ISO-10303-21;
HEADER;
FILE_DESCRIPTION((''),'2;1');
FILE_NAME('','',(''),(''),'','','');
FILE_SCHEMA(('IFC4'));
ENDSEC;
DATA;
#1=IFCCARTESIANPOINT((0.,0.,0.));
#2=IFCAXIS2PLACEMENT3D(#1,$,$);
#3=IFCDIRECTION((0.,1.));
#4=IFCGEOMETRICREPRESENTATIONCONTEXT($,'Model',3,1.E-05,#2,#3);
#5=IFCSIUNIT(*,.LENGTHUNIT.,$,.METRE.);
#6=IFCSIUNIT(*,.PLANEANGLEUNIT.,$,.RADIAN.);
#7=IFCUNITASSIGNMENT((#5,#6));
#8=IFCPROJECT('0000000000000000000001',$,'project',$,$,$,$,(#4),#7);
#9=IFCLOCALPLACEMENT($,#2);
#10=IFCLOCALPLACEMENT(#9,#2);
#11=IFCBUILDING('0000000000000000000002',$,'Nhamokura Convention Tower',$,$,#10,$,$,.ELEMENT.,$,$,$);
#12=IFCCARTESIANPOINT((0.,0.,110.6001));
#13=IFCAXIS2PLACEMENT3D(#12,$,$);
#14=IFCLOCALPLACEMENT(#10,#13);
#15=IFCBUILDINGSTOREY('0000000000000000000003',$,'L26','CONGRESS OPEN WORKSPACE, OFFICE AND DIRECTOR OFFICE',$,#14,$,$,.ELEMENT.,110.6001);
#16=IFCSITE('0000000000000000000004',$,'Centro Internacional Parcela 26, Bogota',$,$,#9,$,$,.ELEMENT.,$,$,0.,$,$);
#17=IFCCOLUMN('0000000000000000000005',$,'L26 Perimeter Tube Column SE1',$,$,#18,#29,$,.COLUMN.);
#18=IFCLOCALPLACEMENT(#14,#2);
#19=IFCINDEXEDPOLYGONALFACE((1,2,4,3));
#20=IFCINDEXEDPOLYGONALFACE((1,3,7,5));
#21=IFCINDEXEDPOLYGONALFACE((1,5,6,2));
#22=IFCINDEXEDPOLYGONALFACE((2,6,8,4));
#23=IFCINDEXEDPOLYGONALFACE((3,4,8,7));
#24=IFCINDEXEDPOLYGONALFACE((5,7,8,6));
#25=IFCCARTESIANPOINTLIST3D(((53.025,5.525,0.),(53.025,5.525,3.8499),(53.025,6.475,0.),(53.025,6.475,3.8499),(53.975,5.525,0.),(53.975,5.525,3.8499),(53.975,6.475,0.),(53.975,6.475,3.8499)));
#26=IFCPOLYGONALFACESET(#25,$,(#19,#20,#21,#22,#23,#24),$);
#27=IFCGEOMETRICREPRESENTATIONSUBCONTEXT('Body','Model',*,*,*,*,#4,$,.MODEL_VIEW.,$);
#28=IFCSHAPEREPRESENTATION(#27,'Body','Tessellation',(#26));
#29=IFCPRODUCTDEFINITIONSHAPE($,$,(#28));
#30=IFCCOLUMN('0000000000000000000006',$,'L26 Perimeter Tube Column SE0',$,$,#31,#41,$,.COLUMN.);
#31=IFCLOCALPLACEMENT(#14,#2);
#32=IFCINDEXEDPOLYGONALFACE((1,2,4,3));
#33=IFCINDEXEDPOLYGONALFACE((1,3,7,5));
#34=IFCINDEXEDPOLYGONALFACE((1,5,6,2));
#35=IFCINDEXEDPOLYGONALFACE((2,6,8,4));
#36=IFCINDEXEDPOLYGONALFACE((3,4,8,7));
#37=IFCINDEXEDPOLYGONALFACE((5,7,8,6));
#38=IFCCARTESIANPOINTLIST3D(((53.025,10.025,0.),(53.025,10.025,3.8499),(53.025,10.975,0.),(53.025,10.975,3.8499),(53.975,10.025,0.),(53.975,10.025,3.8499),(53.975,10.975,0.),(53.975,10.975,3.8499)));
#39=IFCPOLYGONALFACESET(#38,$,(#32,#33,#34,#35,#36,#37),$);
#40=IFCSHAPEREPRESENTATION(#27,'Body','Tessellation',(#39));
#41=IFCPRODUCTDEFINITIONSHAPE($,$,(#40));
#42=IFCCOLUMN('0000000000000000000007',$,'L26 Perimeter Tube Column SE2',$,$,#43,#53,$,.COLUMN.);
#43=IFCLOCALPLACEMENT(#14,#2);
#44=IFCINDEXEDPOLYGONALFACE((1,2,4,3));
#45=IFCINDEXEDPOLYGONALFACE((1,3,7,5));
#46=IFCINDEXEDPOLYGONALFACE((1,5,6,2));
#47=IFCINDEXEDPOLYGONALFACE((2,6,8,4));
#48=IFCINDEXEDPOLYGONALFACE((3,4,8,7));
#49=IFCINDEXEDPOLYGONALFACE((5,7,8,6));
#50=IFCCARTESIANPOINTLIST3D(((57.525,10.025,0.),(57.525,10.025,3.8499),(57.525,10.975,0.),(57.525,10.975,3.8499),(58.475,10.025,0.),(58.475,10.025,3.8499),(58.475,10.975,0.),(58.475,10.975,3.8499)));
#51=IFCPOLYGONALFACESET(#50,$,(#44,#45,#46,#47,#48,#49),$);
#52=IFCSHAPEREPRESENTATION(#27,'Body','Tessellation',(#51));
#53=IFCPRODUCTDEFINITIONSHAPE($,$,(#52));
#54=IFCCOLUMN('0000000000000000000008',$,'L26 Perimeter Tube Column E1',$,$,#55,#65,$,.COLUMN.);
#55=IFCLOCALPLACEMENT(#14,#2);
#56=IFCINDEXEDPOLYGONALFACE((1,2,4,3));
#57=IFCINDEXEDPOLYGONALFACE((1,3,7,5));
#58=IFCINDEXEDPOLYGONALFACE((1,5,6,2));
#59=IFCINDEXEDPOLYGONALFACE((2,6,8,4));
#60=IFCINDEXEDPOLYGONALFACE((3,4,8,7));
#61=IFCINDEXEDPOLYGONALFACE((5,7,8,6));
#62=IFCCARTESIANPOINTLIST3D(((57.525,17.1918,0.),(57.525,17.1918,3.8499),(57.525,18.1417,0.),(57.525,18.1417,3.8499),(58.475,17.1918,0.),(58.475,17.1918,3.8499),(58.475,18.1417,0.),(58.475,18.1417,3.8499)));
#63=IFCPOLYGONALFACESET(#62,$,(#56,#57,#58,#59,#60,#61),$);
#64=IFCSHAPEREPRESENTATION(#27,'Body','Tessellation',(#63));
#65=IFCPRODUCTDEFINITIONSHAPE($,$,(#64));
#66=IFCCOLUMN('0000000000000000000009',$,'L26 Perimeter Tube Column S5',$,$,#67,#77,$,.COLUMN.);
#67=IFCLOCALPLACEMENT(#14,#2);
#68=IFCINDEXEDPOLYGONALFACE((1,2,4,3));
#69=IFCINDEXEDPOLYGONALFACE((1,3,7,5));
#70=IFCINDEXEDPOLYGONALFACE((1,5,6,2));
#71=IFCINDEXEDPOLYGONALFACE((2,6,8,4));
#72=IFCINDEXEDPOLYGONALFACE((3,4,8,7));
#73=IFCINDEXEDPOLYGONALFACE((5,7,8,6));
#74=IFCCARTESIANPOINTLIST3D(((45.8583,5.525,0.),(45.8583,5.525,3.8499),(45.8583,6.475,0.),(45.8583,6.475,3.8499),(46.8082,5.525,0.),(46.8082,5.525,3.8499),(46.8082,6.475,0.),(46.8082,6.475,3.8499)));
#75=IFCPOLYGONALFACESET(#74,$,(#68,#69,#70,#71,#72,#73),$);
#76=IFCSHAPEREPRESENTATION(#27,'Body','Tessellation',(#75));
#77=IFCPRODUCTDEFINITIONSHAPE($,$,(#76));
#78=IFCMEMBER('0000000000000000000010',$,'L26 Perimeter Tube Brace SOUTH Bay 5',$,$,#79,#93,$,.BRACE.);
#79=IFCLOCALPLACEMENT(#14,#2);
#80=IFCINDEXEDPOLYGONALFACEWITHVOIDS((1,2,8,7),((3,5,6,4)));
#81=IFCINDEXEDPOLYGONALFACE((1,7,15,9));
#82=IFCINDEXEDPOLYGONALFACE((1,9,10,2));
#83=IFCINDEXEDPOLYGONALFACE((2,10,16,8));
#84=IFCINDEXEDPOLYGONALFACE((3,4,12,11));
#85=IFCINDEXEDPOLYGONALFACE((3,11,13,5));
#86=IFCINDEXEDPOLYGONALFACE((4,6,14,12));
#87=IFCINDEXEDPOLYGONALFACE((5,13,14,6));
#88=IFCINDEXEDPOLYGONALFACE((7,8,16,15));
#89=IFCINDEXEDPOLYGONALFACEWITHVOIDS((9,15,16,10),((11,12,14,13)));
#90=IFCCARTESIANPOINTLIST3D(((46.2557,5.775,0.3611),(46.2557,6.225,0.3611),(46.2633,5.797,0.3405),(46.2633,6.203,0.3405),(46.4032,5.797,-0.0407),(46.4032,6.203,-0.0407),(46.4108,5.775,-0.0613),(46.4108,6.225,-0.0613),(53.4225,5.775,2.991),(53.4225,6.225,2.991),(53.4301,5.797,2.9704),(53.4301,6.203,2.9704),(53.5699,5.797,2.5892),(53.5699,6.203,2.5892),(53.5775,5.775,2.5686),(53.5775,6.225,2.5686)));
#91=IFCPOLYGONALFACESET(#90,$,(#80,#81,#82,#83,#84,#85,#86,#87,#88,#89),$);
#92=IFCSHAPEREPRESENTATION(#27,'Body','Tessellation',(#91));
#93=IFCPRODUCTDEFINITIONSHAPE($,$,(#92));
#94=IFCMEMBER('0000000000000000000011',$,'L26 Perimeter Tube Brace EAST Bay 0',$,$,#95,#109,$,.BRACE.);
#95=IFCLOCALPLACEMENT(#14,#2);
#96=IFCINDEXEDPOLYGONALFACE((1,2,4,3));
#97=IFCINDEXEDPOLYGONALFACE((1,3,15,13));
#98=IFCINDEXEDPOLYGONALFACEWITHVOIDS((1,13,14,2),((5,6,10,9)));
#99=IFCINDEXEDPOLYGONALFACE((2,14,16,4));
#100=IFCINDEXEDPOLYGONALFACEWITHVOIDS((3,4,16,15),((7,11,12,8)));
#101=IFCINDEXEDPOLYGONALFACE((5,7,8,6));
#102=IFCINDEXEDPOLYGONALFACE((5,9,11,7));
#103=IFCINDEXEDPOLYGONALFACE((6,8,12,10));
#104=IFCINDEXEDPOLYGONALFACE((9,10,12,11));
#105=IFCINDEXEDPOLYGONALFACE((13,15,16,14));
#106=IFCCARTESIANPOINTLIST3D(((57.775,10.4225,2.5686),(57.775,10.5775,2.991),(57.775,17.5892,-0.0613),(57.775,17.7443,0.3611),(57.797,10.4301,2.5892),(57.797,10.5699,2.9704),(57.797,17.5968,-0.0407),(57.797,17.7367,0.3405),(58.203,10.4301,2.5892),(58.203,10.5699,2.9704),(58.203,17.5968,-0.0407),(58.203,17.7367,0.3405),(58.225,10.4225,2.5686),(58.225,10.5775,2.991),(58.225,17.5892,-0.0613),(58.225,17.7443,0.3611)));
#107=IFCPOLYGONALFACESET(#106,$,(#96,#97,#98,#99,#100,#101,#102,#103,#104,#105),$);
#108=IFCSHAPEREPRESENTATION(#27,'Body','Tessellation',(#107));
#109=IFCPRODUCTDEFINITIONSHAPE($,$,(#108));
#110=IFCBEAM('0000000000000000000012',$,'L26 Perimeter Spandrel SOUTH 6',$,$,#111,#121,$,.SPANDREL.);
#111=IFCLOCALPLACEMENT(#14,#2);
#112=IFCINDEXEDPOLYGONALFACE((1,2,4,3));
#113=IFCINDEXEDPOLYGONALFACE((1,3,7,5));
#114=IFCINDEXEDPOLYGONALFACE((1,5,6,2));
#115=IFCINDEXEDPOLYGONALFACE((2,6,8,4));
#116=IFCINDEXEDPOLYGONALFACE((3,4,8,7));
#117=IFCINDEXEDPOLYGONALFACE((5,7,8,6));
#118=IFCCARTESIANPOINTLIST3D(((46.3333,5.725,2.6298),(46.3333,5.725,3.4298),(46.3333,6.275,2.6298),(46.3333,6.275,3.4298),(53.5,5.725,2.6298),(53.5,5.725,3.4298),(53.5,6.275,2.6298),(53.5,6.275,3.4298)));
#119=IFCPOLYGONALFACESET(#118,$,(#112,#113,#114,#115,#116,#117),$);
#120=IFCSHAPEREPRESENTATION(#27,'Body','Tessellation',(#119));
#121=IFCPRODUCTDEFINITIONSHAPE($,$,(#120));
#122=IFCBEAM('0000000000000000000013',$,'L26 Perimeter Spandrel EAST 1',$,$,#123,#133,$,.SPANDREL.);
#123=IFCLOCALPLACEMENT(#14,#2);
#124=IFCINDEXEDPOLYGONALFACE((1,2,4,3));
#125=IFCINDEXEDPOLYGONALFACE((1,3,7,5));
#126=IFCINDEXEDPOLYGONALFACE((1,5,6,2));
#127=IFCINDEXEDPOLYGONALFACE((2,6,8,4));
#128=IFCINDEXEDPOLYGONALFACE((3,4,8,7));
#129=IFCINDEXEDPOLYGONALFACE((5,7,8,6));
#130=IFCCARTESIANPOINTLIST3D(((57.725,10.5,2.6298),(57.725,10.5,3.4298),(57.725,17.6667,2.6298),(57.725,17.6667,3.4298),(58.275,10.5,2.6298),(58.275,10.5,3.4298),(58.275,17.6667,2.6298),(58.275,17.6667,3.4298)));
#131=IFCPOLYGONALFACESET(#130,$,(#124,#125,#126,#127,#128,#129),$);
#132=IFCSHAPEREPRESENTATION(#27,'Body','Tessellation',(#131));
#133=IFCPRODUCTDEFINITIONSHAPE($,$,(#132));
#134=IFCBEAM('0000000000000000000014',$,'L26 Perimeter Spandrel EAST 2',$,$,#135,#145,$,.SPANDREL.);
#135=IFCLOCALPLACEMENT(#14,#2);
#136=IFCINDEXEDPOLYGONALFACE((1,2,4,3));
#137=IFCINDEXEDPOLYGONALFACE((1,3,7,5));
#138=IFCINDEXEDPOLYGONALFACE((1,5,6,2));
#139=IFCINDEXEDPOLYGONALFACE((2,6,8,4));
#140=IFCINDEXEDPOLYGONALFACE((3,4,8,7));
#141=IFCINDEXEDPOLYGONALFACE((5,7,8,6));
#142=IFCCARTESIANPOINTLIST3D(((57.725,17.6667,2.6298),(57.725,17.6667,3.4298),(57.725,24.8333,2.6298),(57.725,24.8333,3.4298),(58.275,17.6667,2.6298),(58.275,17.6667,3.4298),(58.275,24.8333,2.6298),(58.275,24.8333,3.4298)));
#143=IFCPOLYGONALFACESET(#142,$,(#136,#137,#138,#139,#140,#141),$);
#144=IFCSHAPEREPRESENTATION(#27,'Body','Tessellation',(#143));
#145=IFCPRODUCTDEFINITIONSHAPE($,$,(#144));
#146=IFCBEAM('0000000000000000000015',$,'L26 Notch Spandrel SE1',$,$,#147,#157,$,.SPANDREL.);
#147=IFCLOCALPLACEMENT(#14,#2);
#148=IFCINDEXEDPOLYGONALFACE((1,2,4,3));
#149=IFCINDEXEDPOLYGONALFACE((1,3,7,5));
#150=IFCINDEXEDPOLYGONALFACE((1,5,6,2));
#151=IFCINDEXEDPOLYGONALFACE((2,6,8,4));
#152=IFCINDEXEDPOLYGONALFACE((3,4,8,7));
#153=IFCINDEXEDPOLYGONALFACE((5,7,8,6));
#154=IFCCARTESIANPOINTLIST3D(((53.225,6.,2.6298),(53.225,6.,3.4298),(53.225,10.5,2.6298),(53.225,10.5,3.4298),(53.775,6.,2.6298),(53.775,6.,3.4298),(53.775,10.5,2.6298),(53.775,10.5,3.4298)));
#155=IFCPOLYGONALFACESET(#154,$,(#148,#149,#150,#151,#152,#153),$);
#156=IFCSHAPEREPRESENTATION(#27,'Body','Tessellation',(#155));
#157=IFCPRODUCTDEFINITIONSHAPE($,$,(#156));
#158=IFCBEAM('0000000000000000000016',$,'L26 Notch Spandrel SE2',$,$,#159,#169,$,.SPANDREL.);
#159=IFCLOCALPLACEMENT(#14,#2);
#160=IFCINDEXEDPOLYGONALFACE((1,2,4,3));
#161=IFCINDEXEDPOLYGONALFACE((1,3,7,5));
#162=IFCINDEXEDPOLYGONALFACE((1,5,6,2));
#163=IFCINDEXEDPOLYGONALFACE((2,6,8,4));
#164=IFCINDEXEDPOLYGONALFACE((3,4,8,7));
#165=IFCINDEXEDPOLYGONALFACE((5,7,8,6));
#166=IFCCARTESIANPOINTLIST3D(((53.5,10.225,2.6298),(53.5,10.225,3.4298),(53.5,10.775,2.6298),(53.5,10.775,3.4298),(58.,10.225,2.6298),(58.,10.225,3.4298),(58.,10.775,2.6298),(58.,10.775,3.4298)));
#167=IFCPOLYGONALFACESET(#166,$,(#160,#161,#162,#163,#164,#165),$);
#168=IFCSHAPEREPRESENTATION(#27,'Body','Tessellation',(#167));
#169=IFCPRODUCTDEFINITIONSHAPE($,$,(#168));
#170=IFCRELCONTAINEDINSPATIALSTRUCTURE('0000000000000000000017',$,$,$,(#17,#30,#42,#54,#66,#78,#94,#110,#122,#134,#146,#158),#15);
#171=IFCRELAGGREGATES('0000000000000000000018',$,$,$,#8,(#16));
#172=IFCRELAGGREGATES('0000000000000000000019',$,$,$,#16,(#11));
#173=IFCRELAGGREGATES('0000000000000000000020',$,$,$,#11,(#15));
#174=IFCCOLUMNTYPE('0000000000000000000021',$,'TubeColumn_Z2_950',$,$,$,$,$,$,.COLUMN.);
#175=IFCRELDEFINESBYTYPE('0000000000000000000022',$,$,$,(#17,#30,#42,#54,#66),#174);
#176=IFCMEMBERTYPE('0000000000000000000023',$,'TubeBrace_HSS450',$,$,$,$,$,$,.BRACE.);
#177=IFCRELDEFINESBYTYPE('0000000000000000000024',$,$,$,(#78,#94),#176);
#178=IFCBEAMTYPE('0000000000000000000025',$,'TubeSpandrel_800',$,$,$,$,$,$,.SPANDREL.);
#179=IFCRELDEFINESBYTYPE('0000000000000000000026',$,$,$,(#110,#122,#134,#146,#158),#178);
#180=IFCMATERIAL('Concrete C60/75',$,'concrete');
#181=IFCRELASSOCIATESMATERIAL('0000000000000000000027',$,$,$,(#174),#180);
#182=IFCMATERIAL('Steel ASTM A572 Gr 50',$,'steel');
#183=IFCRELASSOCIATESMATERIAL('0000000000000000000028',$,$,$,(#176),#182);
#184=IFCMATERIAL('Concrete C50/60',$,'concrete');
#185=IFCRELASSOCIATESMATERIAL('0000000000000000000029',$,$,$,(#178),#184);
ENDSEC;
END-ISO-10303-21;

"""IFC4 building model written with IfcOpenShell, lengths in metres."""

from ifc_helpers import new_model, si_unit, direction, frame, origin, origin_2d, place, context, subcontext, project, spatial, rectangle, hollow_rectangle, extrude, material, material_profile, profile_set, type_object, element, save


model = new_model("IFC4")

# Units and contexts
model_context = context("Model", 3, precision=1e-05, world=origin(), true_north=direction((0.0, 1.0)))
body_context = subcontext(model_context, "Body", "Model", "MODEL_VIEW")
ifc_project = project(units=[si_unit("LENGTHUNIT", "METRE"), si_unit("PLANEANGLEUNIT", "RADIAN")], contexts=[model_context])

# Site, building, storey
site_placement = place(None, origin())
site = spatial("IfcSite", under=ifc_project, at=site_placement, Name="Centro Internacional Parcela 26, Bogota", CompositionType="ELEMENT", RefElevation=0.0)
building_placement = place(site_placement, origin())
building = spatial("IfcBuilding", under=site, at=building_placement, Name="Nhamokura Convention Tower", CompositionType="ELEMENT")
storey_placement = place(building_placement, frame((0.0, 0.0, 110.6001)))
storey = spatial("IfcBuildingStorey", under=building, at=storey_placement, Name="L26", Description="CONGRESS OPEN WORKSPACE, OFFICE AND DIRECTOR OFFICE", CompositionType="ELEMENT", Elevation=110.6001)

# Columns
ifc_material_1 = material(Name="Concrete C60/75", Category="concrete")
ifc_material_profile_1 = material_profile(ifc_material_1, rectangle(XDim=0.95, YDim=0.95, at=origin_2d()))
ifc_profile_set_1 = profile_set([ifc_material_profile_1], Name="Concrete C60/75")
column_type = type_object("IfcColumnType", Name="TubeColumn_Z2_950", PredefinedType="COLUMN", material=ifc_profile_set_1)
for number, where, z_axis, x_axis, name in (
    (1, (53.5, 6.0, 0.0), (0.0, 0.0, 1.0), (1.0, 0.0, 0.0), "L26 Perimeter Tube Column SE1"),
    (2, (53.5, 10.5, 0.0), (0.0, 0.0, 1.0), (1.0, 0.0, 0.0), "L26 Perimeter Tube Column SE0"),
    (3, (58.0, 10.5, 0.0), (0.0, 0.0, 1.0), (1.0, 0.0, 0.0), "L26 Perimeter Tube Column SE2"),
    (4, (58.0, 17.6667, 0.0), (0.0, 0.0, 1.0), (1.0, 0.0, 0.0), "L26 Perimeter Tube Column E1"),
    (5, (46.3333, 6.0, 0.0), (0.0, 0.0, 1.0), (1.0, 0.0, 0.0), "L26 Perimeter Tube Column S5"),
):
    element("IfcColumn", number, at=place(storey_placement, frame(where, z_axis=z_axis, x_axis=x_axis)), inside=storey, type_object=column_type, Name=name, PredefinedType="COLUMN", context=body_context, shape_type="SweptSolid", body=[
        extrude(rectangle(XDim=0.95, YDim=0.95, at=origin_2d()), origin(), (0.0, 0.0, 1.0), 3.8499),
    ])

# Members
ifc_material_2 = material(Name="Steel ASTM A572 Gr 50", Category="steel")
ifc_material_profile_2 = material_profile(ifc_material_2, hollow_rectangle(XDim=0.45, YDim=0.45, WallThickness=0.022, at=origin_2d()))
ifc_profile_set_2 = profile_set([ifc_material_profile_2], Name="Steel ASTM A572 Gr 50")
member_type = type_object("IfcMemberType", Name="TubeBrace_HSS450", PredefinedType="BRACE", material=ifc_profile_set_2)
for number, where, z_axis, x_axis, name in (
    (6, (46.3333, 6.0, 0.1499), (0.938788, 0.0, 0.344494), (0.0, 1.0, 0.0), "L26 Perimeter Tube Brace SOUTH Bay 5"),
    (7, (58.0, 17.6667, 0.1499), (0.0, -0.938788, 0.344494), (1.0, 0.0, 0.0), "L26 Perimeter Tube Brace EAST Bay 0"),
):
    element("IfcMember", number, at=place(storey_placement, frame(where, z_axis=z_axis, x_axis=x_axis)), inside=storey, type_object=member_type, Name=name, PredefinedType="BRACE", context=body_context, shape_type="SweptSolid", body=[
        extrude(hollow_rectangle(XDim=0.45, YDim=0.45, WallThickness=0.022, at=origin_2d()), origin(), (0.0, 0.0, 1.0), 7.634),
    ])

# Beams
ifc_material_3 = material(Name="Concrete C50/60", Category="concrete")
ifc_material_profile_3 = material_profile(ifc_material_3, rectangle(XDim=0.55, YDim=0.8, at=origin_2d()))
ifc_profile_set_3 = profile_set([ifc_material_profile_3], Name="Concrete C50/60")
beam_type = type_object("IfcBeamType", Name="TubeSpandrel_800", PredefinedType="SPANDREL", material=ifc_profile_set_3)
for number, where, z_axis, x_axis, name in (
    (8, (46.3333, 6.0, 3.0298), (1.0, 0.0, 0.0), (0.0, 1.0, 0.0), "L26 Perimeter Spandrel SOUTH 6"),
    (9, (58.0, 10.5, 3.0298), (0.0, 1.0, 0.0), (-1.0, 0.0, 0.0), "L26 Perimeter Spandrel EAST 1"),
):
    element("IfcBeam", number, at=place(storey_placement, frame(where, z_axis=z_axis, x_axis=x_axis)), inside=storey, type_object=beam_type, Name=name, PredefinedType="SPANDREL", context=body_context, shape_type="SweptSolid", body=[
        extrude(rectangle(XDim=0.55, YDim=0.8, at=origin_2d()), origin(), (0.0, 0.0, 1.0), 7.1667),
    ])
beam_placement = place(storey_placement, frame((58.0, 17.6667, 3.0298), z_axis=(0.0, 1.0, 0.0), x_axis=(-1.0, 0.0, 0.0)))
element("IfcBeam", 10, at=beam_placement, inside=storey, type_object=beam_type, Name="L26 Perimeter Spandrel EAST 2", PredefinedType="SPANDREL", context=body_context, shape_type="SweptSolid", body=[
    extrude(rectangle(XDim=0.55, YDim=0.8, at=origin_2d()), origin(), (0.0, 0.0, 1.0), 7.1665),
])
for number, where, z_axis, x_axis, name in (
    (11, (53.5, 6.0, 3.0298), (0.0, 1.0, 0.0), (-1.0, 0.0, 0.0), "L26 Notch Spandrel SE1"),
    (12, (53.5, 10.5, 3.0298), (1.0, 0.0, 0.0), (0.0, 1.0, 0.0), "L26 Notch Spandrel SE2"),
):
    element("IfcBeam", number, at=place(storey_placement, frame(where, z_axis=z_axis, x_axis=x_axis)), inside=storey, type_object=beam_type, Name=name, PredefinedType="SPANDREL", context=body_context, shape_type="SweptSolid", body=[
        extrude(rectangle(XDim=0.55, YDim=0.8, at=origin_2d()), origin(), (0.0, 0.0, 1.0), 4.5),
    ])

save(model, "model.ifc")
